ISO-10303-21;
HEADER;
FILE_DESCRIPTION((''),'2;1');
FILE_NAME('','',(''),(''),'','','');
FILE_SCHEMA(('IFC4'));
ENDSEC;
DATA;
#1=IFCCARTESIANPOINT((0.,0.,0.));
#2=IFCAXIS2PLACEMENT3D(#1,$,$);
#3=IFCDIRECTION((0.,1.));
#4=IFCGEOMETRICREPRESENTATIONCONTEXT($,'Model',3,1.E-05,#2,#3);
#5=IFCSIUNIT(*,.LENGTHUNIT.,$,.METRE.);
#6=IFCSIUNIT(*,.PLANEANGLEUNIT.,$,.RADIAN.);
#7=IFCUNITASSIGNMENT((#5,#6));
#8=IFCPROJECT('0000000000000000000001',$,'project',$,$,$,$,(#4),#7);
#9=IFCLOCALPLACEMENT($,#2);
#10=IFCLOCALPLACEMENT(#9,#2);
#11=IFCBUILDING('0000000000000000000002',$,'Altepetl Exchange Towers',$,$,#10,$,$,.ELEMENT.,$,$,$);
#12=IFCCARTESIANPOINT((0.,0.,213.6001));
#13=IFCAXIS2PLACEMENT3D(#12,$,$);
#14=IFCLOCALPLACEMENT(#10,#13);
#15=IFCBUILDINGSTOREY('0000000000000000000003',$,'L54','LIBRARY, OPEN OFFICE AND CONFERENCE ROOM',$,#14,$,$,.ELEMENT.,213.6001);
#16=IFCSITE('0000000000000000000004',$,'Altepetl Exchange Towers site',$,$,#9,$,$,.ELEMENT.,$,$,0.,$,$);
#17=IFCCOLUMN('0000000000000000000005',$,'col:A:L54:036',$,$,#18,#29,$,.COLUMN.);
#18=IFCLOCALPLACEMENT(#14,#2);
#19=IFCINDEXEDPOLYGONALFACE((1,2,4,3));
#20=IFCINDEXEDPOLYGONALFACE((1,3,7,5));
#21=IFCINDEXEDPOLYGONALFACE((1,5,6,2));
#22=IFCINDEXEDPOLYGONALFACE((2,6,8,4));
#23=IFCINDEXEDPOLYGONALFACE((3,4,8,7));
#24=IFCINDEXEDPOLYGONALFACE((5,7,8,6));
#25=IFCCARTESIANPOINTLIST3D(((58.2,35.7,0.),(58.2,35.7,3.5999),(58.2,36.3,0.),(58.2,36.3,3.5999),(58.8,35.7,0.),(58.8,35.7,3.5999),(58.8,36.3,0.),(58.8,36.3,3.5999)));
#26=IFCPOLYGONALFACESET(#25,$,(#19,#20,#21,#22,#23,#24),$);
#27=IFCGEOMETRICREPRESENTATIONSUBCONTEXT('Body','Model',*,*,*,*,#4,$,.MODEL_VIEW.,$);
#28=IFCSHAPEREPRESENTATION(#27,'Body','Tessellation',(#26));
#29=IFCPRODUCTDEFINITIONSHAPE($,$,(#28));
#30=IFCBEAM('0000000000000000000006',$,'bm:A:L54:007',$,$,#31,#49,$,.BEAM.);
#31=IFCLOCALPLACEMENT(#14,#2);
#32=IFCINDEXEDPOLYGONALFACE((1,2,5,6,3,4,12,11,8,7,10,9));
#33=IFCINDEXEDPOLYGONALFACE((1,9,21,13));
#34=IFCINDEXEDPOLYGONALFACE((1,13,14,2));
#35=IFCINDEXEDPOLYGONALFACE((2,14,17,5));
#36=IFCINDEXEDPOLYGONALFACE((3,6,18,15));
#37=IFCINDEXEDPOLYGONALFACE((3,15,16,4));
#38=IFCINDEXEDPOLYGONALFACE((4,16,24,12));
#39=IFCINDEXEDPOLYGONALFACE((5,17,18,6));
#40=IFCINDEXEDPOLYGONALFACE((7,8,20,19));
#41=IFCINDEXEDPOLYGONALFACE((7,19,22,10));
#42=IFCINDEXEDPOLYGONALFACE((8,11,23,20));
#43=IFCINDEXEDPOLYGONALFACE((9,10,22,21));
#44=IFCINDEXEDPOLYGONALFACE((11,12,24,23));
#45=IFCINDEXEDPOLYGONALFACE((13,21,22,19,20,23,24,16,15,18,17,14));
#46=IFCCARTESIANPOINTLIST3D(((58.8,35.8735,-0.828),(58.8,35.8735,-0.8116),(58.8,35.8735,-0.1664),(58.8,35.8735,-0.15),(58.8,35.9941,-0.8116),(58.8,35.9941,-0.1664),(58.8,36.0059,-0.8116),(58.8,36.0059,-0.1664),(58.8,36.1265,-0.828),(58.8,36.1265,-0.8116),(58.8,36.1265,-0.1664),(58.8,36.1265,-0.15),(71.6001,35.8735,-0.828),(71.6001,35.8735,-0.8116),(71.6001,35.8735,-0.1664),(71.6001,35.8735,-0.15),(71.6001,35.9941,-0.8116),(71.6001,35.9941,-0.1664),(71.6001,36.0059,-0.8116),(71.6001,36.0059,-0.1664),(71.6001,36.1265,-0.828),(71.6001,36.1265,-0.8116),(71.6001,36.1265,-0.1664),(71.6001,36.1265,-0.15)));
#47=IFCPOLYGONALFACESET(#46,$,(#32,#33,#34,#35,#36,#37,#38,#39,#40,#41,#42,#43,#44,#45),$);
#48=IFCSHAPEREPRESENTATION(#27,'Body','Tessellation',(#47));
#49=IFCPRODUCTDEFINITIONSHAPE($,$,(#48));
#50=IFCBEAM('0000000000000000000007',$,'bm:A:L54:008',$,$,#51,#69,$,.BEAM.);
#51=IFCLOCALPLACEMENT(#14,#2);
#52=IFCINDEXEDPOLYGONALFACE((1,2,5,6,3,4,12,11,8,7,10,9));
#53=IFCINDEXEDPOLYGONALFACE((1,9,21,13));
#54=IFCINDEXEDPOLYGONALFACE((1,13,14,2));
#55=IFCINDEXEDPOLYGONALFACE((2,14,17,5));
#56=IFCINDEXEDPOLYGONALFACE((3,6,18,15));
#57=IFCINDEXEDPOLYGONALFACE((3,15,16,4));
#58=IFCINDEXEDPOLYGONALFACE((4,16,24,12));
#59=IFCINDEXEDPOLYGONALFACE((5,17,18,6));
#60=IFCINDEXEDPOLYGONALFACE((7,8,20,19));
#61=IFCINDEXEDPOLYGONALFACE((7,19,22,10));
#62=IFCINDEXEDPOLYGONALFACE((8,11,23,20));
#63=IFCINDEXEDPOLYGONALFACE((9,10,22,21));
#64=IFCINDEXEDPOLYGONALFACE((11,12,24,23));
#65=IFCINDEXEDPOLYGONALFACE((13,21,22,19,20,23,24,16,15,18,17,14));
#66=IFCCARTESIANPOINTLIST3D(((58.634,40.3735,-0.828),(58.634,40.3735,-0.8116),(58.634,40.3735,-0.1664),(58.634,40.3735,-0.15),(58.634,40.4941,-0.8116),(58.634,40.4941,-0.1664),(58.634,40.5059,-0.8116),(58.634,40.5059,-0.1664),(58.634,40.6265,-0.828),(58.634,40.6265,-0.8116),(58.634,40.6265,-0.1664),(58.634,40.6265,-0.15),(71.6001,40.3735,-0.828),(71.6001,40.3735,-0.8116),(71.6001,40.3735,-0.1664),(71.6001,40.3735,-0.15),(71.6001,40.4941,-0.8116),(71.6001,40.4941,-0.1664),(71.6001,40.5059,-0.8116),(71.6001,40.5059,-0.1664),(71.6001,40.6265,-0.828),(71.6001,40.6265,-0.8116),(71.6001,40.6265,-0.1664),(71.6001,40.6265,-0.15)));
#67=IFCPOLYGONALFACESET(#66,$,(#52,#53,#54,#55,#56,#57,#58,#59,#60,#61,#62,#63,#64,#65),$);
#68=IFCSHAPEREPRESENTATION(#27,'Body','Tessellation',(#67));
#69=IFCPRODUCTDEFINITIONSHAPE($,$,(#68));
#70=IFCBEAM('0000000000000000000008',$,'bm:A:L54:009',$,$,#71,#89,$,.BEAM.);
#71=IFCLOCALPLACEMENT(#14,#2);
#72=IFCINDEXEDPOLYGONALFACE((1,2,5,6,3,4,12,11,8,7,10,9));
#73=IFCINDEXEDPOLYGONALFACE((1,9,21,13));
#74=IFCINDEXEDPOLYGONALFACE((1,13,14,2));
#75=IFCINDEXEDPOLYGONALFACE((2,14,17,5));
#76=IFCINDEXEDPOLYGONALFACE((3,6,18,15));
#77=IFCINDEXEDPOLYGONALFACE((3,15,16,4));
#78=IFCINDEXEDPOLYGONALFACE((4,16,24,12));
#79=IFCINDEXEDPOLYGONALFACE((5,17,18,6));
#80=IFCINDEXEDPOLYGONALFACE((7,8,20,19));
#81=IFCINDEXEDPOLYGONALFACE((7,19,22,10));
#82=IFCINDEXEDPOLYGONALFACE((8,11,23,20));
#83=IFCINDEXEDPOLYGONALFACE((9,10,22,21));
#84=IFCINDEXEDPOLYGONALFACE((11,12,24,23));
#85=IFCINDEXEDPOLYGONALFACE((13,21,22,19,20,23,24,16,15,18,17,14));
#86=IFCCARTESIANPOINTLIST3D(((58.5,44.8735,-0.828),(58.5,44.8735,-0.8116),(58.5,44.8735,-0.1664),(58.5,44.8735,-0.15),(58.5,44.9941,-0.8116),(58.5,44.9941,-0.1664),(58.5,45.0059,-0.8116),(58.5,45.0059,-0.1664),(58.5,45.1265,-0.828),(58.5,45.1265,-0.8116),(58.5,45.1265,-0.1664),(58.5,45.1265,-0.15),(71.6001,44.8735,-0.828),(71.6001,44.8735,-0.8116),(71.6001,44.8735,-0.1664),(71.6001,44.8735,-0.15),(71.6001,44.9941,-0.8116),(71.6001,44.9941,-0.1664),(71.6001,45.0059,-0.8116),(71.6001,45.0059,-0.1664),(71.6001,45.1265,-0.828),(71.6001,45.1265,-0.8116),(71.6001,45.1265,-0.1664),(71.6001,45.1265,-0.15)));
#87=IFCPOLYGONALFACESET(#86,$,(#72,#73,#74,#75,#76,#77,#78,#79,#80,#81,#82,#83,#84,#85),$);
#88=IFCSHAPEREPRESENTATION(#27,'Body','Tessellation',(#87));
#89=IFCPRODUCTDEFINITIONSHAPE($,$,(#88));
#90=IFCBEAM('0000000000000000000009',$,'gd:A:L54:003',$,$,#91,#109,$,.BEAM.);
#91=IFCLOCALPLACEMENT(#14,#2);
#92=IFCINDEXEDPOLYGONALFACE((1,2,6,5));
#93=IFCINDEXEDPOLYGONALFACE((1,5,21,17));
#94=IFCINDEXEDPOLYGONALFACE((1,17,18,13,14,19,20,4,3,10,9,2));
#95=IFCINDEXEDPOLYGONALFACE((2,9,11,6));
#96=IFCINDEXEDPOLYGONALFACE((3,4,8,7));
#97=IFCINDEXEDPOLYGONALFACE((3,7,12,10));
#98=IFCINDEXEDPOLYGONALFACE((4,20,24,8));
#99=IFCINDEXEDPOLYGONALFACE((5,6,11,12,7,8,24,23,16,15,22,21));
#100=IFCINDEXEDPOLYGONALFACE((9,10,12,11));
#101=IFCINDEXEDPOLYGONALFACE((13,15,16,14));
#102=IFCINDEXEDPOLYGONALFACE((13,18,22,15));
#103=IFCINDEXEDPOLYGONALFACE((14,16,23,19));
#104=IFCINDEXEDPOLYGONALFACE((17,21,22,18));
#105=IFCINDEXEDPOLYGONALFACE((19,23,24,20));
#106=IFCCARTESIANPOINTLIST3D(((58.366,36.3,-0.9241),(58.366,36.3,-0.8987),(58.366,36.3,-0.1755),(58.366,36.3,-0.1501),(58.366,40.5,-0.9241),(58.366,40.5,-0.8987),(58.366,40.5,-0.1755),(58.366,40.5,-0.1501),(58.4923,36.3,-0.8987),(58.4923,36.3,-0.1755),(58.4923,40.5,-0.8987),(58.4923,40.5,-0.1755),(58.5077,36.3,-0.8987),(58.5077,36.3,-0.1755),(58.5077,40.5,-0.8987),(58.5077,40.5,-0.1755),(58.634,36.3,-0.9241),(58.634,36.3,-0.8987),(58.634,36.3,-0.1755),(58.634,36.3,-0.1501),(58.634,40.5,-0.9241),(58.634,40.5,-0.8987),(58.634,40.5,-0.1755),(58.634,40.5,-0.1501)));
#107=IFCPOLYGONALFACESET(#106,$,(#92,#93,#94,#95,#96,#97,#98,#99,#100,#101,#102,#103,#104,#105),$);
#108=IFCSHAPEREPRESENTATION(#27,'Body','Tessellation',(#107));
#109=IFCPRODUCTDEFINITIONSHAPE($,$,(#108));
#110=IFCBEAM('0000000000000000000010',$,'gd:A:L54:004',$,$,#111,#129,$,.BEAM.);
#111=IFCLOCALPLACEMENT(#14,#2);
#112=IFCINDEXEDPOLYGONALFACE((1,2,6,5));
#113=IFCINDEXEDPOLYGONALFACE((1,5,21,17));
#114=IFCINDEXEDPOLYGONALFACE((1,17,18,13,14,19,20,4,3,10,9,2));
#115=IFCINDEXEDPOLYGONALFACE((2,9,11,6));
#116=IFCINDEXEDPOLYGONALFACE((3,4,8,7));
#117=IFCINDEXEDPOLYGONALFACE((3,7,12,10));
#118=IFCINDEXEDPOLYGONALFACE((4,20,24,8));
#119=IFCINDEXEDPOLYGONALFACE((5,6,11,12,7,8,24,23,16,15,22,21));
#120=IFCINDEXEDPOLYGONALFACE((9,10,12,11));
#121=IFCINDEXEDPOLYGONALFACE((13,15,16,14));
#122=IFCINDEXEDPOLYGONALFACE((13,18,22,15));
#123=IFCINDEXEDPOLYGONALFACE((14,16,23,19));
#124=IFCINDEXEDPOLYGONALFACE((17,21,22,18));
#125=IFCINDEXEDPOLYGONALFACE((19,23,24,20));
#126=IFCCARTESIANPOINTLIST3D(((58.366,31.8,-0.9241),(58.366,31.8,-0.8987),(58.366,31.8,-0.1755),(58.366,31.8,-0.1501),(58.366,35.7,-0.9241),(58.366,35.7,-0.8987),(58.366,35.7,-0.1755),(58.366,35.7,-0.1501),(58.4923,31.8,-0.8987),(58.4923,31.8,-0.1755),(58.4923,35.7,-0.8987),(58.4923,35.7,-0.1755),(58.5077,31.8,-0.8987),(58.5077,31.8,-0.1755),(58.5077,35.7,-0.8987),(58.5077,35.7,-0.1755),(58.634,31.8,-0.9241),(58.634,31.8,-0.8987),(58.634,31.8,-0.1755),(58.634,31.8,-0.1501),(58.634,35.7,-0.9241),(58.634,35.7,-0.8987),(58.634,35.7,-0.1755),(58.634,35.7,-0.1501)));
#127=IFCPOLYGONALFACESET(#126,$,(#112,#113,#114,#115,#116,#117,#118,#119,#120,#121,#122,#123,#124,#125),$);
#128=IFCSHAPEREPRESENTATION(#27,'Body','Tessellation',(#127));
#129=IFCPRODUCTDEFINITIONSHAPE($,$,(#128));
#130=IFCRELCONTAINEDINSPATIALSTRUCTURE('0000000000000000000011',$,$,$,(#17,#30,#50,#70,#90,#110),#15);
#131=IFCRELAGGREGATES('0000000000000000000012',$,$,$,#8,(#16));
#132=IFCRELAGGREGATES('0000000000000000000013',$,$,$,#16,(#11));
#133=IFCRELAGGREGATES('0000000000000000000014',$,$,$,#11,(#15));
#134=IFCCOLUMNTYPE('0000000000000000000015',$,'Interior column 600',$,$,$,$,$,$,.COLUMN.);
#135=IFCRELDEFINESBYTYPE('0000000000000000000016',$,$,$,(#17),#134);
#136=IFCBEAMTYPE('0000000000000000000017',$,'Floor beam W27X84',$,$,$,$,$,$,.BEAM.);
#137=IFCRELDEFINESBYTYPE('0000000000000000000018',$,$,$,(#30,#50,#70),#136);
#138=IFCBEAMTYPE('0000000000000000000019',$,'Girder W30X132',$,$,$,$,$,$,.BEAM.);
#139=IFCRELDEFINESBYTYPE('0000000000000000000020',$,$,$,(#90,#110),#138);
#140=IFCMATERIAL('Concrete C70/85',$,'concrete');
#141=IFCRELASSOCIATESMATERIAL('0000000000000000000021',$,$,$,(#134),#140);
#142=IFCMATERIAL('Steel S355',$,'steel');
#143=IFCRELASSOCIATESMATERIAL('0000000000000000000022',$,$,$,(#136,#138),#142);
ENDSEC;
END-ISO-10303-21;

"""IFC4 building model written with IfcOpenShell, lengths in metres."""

from ifc_helpers import new_model, si_unit, direction, frame, origin, origin_2d, place, context, subcontext, project, spatial, rectangle, i_section, extrude, material, material_profile, profile_set, type_object, element, save


model = new_model("IFC4")

# Units and contexts
model_context = context("Model", 3, precision=1e-05, world=origin(), true_north=direction((0.0, 1.0)))
body_context = subcontext(model_context, "Body", "Model", "MODEL_VIEW")
ifc_project = project(units=[si_unit("LENGTHUNIT", "METRE"), si_unit("PLANEANGLEUNIT", "RADIAN")], contexts=[model_context])

# Site, building, storey
site_placement = place(None, origin())
site = spatial("IfcSite", under=ifc_project, at=site_placement, Name="Altepetl Exchange Towers site", CompositionType="ELEMENT", RefElevation=0.0)
building_placement = place(site_placement, origin())
building = spatial("IfcBuilding", under=site, at=building_placement, Name="Altepetl Exchange Towers", CompositionType="ELEMENT")
storey_placement = place(building_placement, frame((0.0, 0.0, 213.6001)))
storey = spatial("IfcBuildingStorey", under=building, at=storey_placement, Name="L54", Description="LIBRARY, OPEN OFFICE AND CONFERENCE ROOM", CompositionType="ELEMENT", Elevation=213.6001)

# Column
ifc_material_1 = material(Name="Concrete C70/85", Category="concrete")
ifc_material_profile_1 = material_profile(ifc_material_1, rectangle(XDim=0.6001, YDim=0.6001, at=origin_2d()), Name="600 x 600")
ifc_profile_set_1 = profile_set([ifc_material_profile_1], Name="Concrete C70/85")
column_type = type_object("IfcColumnType", Name="Interior column 600", PredefinedType="COLUMN", material=ifc_profile_set_1)
column_placement = place(storey_placement, frame((58.5, 36.0, 0.0)))
element("IfcColumn", 1, at=column_placement, inside=storey, type_object=column_type, Name="col:A:L54:036", PredefinedType="COLUMN", context=body_context, shape_type="SweptSolid", body=[
    extrude(rectangle(XDim=0.6001, YDim=0.6001, at=origin_2d()), origin(), (0.0, 0.0, 1.0), 3.5999),
])

# Beams
ifc_material_2 = material(Name="Steel S355", Category="steel")
ifc_material_profile_2 = material_profile(ifc_material_2, i_section(OverallWidth=0.2529, OverallDepth=0.678, WebThickness=0.0117, FlangeThickness=0.0164, at=origin_2d()), Name="W27X84")
ifc_profile_set_2 = profile_set([ifc_material_profile_2], Name="Steel S355")
beam_type_1 = type_object("IfcBeamType", Name="Floor beam W27X84", PredefinedType="BEAM", material=ifc_profile_set_2)
beam_1_placement = place(storey_placement, frame((58.8, 36.0, -0.489), z_axis=(1.0, 0.0, 0.0), x_axis=(0.0, 1.0, 0.0)))
element("IfcBeam", 2, at=beam_1_placement, inside=storey, type_object=beam_type_1, Name="bm:A:L54:007", PredefinedType="BEAM", context=body_context, shape_type="SweptSolid", body=[
    extrude(i_section(OverallWidth=0.2529, OverallDepth=0.678, WebThickness=0.0117, FlangeThickness=0.0164, at=origin_2d()), origin(), (0.0, 0.0, 1.0), 12.8),
])
beam_2_placement = place(storey_placement, frame((58.634, 40.5, -0.489), z_axis=(1.0, 0.0, 0.0), x_axis=(0.0, 1.0, 0.0)))
element("IfcBeam", 3, at=beam_2_placement, inside=storey, type_object=beam_type_1, Name="bm:A:L54:008", PredefinedType="BEAM", context=body_context, shape_type="SweptSolid", body=[
    extrude(i_section(OverallWidth=0.2529, OverallDepth=0.678, WebThickness=0.0117, FlangeThickness=0.0164, at=origin_2d()), origin(), (0.0, 0.0, 1.0), 12.9661),
])
beam_3_placement = place(storey_placement, frame((58.5, 45.0, -0.489), z_axis=(1.0, 0.0, 0.0), x_axis=(0.0, 1.0, 0.0)))
element("IfcBeam", 4, at=beam_3_placement, inside=storey, type_object=beam_type_1, Name="bm:A:L54:009", PredefinedType="BEAM", context=body_context, shape_type="SweptSolid", body=[
    extrude(i_section(OverallWidth=0.2529, OverallDepth=0.678, WebThickness=0.0117, FlangeThickness=0.0164, at=origin_2d()), origin(), (0.0, 0.0, 1.0), 13.1001),
])
ifc_material_profile_3 = material_profile(ifc_material_2, i_section(OverallWidth=0.2681, OverallDepth=0.7739, WebThickness=0.0154, FlangeThickness=0.0254, at=origin_2d()), Name="W30X132")
ifc_profile_set_3 = profile_set([ifc_material_profile_3], Name="Steel S355")
beam_type_2 = type_object("IfcBeamType", Name="Girder W30X132", PredefinedType="BEAM", material=ifc_profile_set_3)
beam_4_placement = place(storey_placement, frame((58.5, 40.5, -0.5371), z_axis=(0.0, -1.0, 0.0), x_axis=(1.0, 0.0, 0.0)))
element("IfcBeam", 5, at=beam_4_placement, inside=storey, type_object=beam_type_2, Name="gd:A:L54:003", PredefinedType="BEAM", context=body_context, shape_type="SweptSolid", body=[
    extrude(i_section(OverallWidth=0.2681, OverallDepth=0.7739, WebThickness=0.0154, FlangeThickness=0.0254, at=origin_2d()), origin(), (0.0, 0.0, 1.0), 4.2),
])
beam_5_placement = place(storey_placement, frame((58.5, 35.7, -0.5371), z_axis=(0.0, -1.0, 0.0), x_axis=(1.0, 0.0, 0.0)))
element("IfcBeam", 6, at=beam_5_placement, inside=storey, type_object=beam_type_2, Name="gd:A:L54:004", PredefinedType="BEAM", context=body_context, shape_type="SweptSolid", body=[
    extrude(i_section(OverallWidth=0.2681, OverallDepth=0.7739, WebThickness=0.0154, FlangeThickness=0.0254, at=origin_2d()), origin(), (0.0, 0.0, 1.0), 3.8999),
])

save(model, "model.ifc")
